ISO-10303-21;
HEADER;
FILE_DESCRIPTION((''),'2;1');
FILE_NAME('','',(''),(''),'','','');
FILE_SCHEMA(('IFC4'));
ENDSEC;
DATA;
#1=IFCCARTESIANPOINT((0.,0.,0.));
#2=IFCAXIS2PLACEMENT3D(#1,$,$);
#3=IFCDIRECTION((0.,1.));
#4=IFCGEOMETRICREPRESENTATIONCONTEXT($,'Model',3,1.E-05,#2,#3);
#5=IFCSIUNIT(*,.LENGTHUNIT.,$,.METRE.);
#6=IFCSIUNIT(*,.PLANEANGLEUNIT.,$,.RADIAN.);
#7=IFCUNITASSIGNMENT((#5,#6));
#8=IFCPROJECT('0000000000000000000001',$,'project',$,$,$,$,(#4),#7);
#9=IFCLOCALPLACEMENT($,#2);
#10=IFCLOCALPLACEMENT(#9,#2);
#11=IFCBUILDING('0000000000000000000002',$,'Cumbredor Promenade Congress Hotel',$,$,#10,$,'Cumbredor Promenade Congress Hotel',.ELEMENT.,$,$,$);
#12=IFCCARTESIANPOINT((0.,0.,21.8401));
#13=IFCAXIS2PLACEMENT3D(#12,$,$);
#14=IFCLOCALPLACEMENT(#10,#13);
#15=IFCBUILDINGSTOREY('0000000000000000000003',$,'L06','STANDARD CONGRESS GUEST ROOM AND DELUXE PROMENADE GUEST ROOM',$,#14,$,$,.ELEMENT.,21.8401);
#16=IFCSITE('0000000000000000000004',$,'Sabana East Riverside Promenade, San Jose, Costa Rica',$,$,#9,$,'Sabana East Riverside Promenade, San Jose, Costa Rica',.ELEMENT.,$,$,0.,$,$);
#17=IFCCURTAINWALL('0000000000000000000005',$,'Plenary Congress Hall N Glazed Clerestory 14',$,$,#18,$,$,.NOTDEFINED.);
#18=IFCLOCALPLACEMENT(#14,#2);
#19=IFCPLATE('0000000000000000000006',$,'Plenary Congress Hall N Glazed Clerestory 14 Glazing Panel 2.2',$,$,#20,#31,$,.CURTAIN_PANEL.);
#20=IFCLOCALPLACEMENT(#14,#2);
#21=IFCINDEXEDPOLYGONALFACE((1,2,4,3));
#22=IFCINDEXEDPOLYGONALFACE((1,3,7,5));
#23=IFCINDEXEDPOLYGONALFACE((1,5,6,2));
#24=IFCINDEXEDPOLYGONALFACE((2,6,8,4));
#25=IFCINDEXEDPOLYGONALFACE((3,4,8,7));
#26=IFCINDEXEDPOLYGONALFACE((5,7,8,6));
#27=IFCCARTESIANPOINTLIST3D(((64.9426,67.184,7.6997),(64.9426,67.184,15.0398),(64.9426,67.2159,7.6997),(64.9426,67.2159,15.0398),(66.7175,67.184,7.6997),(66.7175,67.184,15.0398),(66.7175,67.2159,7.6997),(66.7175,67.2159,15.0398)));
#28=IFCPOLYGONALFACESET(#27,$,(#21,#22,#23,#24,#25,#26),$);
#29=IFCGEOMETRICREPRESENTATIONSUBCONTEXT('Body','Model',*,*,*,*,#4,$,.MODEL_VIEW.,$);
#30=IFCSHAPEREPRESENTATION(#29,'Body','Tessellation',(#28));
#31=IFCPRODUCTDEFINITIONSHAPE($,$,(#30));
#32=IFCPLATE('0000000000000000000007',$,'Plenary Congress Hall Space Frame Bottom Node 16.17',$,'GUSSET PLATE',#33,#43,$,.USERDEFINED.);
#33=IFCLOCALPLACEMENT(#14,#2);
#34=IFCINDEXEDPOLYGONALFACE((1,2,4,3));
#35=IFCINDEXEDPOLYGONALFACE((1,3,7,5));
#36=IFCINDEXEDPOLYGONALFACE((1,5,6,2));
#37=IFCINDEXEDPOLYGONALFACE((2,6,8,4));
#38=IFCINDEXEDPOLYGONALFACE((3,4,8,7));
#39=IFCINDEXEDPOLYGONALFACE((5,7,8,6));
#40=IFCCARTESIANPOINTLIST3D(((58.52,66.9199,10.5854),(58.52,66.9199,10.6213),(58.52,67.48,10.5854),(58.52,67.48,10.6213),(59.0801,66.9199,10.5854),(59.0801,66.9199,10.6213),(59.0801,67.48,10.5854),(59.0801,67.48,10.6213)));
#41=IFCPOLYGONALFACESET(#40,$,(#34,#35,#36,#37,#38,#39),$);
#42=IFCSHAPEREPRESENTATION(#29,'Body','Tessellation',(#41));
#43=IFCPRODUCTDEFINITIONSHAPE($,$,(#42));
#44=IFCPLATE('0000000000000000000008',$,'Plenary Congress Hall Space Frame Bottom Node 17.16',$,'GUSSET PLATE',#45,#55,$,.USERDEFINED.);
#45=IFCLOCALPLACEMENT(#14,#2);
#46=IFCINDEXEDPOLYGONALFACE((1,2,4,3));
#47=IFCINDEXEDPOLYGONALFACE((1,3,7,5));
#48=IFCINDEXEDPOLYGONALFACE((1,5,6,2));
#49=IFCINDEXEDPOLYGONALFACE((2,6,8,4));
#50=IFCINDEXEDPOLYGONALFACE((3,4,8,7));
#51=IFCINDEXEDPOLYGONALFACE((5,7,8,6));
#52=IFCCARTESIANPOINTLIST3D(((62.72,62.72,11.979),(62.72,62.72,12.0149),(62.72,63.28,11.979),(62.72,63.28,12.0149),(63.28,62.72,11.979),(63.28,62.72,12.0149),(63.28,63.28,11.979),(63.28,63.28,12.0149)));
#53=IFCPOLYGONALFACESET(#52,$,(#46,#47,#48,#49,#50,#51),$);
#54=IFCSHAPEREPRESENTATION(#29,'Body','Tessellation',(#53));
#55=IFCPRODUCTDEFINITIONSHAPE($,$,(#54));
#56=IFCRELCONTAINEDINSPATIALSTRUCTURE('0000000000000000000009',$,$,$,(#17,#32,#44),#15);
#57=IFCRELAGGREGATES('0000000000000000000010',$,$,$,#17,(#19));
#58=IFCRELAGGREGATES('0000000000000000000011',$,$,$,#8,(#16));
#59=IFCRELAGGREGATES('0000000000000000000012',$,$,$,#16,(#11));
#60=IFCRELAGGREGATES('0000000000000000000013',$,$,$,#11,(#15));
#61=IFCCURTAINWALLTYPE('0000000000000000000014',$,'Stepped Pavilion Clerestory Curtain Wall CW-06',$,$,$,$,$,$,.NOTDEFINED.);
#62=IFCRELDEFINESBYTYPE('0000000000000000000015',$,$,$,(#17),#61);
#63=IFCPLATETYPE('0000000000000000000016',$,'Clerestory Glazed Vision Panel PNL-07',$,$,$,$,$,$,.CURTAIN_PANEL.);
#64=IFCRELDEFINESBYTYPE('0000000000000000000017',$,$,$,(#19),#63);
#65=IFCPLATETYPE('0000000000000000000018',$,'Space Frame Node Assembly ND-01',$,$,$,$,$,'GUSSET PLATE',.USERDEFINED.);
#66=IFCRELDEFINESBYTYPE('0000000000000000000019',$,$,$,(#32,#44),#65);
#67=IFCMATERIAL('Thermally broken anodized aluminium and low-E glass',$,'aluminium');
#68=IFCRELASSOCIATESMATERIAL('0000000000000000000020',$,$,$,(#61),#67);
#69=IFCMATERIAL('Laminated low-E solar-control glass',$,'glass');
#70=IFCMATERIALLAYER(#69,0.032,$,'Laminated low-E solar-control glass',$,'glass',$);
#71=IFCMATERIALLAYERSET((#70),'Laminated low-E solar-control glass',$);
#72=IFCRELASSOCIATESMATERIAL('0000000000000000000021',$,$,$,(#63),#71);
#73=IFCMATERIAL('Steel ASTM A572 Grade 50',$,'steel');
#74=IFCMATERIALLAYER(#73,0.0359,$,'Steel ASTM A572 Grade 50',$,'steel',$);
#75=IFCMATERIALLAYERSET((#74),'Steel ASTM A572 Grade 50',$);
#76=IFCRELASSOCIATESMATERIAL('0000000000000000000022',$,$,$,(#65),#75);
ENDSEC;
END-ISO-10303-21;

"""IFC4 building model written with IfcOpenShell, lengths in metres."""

from ifc_helpers import new_model, si_unit, direction, frame, origin, origin_2d, place, context, subcontext, project, spatial, rectangle, extrude, material, layer, layer_set, type_object, element, aggregate, save


model = new_model("IFC4")

# Units and contexts
model_context = context("Model", 3, precision=1e-05, world=origin(), true_north=direction((0.0, 1.0)))
body_context = subcontext(model_context, "Body", "Model", "MODEL_VIEW")
ifc_project = project(units=[si_unit("LENGTHUNIT", "METRE"), si_unit("PLANEANGLEUNIT", "RADIAN")], contexts=[model_context])

# Site, building, storey
site_placement = place(None, origin())
site = spatial("IfcSite", under=ifc_project, at=site_placement, Name="Sabana East Riverside Promenade, San Jose, Costa Rica", LongName="Sabana East Riverside Promenade, San Jose, Costa Rica", CompositionType="ELEMENT", RefElevation=0.0)
building_placement = place(site_placement, origin())
building = spatial("IfcBuilding", under=site, at=building_placement, Name="Cumbredor Promenade Congress Hotel", LongName="Cumbredor Promenade Congress Hotel", CompositionType="ELEMENT")
storey_placement = place(building_placement, frame((0.0, 0.0, 21.8401)))
storey = spatial("IfcBuildingStorey", under=building, at=storey_placement, Name="L06", Description="STANDARD CONGRESS GUEST ROOM AND DELUXE PROMENADE GUEST ROOM", CompositionType="ELEMENT", Elevation=21.8401)

# Curtain wall
ifc_material_1 = material(Name="Thermally broken anodized aluminium and low-E glass", Category="aluminium")
curtain_wall_type = type_object("IfcCurtainWallType", Name="Stepped Pavilion Clerestory Curtain Wall CW-06", PredefinedType="NOTDEFINED", material=ifc_material_1)
curtain_wall_1_placement = place(storey_placement, origin())
curtain_wall_1 = element("IfcCurtainWall", 1, at=curtain_wall_1_placement, inside=storey, type_object=curtain_wall_type, Name="Plenary Congress Hall N Glazed Clerestory 14", PredefinedType="NOTDEFINED")

# Plate
ifc_material_2 = material(Name="Laminated low-E solar-control glass", Category="glass")
ifc_layer_1 = layer(ifc_material_2, 0.032, Name="Laminated low-E solar-control glass", Category="glass")
ifc_layer_set_1 = layer_set([ifc_layer_1], Name="Laminated low-E solar-control glass")
plate_type_1 = type_object("IfcPlateType", Name="Clerestory Glazed Vision Panel PNL-07", PredefinedType="CURTAIN_PANEL", material=ifc_layer_set_1)
plate_1_placement = place(storey_placement, frame((65.8301, 67.2, 7.6997), z_axis=(0.0, 0.0, 1.0), x_axis=(1.0, 0.0, 0.0)))
plate_1 = element("IfcPlate", 2, at=plate_1_placement, type_object=plate_type_1, Name="Plenary Congress Hall N Glazed Clerestory 14 Glazing Panel 2.2", PredefinedType="CURTAIN_PANEL", context=body_context, shape_type="SweptSolid", body=[
    extrude(rectangle(XDim=1.7749, YDim=0.032, at=origin_2d()), origin(), (0.0, 0.0, 1.0), 7.3401),
])
aggregate(curtain_wall_1, [plate_1])

# Plates
ifc_material_3 = material(Name="Steel ASTM A572 Grade 50", Category="steel")
ifc_layer_2 = layer(ifc_material_3, 0.0359, Name="Steel ASTM A572 Grade 50", Category="steel")
ifc_layer_set_2 = layer_set([ifc_layer_2], Name="Steel ASTM A572 Grade 50")
plate_type_2 = type_object("IfcPlateType", Name="Space Frame Node Assembly ND-01", ElementType="GUSSET PLATE", PredefinedType="USERDEFINED", material=ifc_layer_set_2)
for number, where, z_axis, x_axis, name in (
    (3, (58.8, 67.2, 10.5854), (0.0, 0.0, 1.0), (1.0, 0.0, 0.0), "Plenary Congress Hall Space Frame Bottom Node 16.17"),
    (4, (63.0, 63.0, 11.979), (0.0, 0.0, 1.0), (1.0, 0.0, 0.0), "Plenary Congress Hall Space Frame Bottom Node 17.16"),
):
    element("IfcPlate", number, at=place(storey_placement, frame(where, z_axis=z_axis, x_axis=x_axis)), inside=storey, type_object=plate_type_2, Name=name, ObjectType="GUSSET PLATE", PredefinedType="USERDEFINED", context=body_context, shape_type="SweptSolid", body=[
        extrude(rectangle(XDim=0.5601, YDim=0.5601, at=origin_2d()), origin(), (0.0, 0.0, 1.0), 0.0359),
    ])

save(model, "model.ifc")
